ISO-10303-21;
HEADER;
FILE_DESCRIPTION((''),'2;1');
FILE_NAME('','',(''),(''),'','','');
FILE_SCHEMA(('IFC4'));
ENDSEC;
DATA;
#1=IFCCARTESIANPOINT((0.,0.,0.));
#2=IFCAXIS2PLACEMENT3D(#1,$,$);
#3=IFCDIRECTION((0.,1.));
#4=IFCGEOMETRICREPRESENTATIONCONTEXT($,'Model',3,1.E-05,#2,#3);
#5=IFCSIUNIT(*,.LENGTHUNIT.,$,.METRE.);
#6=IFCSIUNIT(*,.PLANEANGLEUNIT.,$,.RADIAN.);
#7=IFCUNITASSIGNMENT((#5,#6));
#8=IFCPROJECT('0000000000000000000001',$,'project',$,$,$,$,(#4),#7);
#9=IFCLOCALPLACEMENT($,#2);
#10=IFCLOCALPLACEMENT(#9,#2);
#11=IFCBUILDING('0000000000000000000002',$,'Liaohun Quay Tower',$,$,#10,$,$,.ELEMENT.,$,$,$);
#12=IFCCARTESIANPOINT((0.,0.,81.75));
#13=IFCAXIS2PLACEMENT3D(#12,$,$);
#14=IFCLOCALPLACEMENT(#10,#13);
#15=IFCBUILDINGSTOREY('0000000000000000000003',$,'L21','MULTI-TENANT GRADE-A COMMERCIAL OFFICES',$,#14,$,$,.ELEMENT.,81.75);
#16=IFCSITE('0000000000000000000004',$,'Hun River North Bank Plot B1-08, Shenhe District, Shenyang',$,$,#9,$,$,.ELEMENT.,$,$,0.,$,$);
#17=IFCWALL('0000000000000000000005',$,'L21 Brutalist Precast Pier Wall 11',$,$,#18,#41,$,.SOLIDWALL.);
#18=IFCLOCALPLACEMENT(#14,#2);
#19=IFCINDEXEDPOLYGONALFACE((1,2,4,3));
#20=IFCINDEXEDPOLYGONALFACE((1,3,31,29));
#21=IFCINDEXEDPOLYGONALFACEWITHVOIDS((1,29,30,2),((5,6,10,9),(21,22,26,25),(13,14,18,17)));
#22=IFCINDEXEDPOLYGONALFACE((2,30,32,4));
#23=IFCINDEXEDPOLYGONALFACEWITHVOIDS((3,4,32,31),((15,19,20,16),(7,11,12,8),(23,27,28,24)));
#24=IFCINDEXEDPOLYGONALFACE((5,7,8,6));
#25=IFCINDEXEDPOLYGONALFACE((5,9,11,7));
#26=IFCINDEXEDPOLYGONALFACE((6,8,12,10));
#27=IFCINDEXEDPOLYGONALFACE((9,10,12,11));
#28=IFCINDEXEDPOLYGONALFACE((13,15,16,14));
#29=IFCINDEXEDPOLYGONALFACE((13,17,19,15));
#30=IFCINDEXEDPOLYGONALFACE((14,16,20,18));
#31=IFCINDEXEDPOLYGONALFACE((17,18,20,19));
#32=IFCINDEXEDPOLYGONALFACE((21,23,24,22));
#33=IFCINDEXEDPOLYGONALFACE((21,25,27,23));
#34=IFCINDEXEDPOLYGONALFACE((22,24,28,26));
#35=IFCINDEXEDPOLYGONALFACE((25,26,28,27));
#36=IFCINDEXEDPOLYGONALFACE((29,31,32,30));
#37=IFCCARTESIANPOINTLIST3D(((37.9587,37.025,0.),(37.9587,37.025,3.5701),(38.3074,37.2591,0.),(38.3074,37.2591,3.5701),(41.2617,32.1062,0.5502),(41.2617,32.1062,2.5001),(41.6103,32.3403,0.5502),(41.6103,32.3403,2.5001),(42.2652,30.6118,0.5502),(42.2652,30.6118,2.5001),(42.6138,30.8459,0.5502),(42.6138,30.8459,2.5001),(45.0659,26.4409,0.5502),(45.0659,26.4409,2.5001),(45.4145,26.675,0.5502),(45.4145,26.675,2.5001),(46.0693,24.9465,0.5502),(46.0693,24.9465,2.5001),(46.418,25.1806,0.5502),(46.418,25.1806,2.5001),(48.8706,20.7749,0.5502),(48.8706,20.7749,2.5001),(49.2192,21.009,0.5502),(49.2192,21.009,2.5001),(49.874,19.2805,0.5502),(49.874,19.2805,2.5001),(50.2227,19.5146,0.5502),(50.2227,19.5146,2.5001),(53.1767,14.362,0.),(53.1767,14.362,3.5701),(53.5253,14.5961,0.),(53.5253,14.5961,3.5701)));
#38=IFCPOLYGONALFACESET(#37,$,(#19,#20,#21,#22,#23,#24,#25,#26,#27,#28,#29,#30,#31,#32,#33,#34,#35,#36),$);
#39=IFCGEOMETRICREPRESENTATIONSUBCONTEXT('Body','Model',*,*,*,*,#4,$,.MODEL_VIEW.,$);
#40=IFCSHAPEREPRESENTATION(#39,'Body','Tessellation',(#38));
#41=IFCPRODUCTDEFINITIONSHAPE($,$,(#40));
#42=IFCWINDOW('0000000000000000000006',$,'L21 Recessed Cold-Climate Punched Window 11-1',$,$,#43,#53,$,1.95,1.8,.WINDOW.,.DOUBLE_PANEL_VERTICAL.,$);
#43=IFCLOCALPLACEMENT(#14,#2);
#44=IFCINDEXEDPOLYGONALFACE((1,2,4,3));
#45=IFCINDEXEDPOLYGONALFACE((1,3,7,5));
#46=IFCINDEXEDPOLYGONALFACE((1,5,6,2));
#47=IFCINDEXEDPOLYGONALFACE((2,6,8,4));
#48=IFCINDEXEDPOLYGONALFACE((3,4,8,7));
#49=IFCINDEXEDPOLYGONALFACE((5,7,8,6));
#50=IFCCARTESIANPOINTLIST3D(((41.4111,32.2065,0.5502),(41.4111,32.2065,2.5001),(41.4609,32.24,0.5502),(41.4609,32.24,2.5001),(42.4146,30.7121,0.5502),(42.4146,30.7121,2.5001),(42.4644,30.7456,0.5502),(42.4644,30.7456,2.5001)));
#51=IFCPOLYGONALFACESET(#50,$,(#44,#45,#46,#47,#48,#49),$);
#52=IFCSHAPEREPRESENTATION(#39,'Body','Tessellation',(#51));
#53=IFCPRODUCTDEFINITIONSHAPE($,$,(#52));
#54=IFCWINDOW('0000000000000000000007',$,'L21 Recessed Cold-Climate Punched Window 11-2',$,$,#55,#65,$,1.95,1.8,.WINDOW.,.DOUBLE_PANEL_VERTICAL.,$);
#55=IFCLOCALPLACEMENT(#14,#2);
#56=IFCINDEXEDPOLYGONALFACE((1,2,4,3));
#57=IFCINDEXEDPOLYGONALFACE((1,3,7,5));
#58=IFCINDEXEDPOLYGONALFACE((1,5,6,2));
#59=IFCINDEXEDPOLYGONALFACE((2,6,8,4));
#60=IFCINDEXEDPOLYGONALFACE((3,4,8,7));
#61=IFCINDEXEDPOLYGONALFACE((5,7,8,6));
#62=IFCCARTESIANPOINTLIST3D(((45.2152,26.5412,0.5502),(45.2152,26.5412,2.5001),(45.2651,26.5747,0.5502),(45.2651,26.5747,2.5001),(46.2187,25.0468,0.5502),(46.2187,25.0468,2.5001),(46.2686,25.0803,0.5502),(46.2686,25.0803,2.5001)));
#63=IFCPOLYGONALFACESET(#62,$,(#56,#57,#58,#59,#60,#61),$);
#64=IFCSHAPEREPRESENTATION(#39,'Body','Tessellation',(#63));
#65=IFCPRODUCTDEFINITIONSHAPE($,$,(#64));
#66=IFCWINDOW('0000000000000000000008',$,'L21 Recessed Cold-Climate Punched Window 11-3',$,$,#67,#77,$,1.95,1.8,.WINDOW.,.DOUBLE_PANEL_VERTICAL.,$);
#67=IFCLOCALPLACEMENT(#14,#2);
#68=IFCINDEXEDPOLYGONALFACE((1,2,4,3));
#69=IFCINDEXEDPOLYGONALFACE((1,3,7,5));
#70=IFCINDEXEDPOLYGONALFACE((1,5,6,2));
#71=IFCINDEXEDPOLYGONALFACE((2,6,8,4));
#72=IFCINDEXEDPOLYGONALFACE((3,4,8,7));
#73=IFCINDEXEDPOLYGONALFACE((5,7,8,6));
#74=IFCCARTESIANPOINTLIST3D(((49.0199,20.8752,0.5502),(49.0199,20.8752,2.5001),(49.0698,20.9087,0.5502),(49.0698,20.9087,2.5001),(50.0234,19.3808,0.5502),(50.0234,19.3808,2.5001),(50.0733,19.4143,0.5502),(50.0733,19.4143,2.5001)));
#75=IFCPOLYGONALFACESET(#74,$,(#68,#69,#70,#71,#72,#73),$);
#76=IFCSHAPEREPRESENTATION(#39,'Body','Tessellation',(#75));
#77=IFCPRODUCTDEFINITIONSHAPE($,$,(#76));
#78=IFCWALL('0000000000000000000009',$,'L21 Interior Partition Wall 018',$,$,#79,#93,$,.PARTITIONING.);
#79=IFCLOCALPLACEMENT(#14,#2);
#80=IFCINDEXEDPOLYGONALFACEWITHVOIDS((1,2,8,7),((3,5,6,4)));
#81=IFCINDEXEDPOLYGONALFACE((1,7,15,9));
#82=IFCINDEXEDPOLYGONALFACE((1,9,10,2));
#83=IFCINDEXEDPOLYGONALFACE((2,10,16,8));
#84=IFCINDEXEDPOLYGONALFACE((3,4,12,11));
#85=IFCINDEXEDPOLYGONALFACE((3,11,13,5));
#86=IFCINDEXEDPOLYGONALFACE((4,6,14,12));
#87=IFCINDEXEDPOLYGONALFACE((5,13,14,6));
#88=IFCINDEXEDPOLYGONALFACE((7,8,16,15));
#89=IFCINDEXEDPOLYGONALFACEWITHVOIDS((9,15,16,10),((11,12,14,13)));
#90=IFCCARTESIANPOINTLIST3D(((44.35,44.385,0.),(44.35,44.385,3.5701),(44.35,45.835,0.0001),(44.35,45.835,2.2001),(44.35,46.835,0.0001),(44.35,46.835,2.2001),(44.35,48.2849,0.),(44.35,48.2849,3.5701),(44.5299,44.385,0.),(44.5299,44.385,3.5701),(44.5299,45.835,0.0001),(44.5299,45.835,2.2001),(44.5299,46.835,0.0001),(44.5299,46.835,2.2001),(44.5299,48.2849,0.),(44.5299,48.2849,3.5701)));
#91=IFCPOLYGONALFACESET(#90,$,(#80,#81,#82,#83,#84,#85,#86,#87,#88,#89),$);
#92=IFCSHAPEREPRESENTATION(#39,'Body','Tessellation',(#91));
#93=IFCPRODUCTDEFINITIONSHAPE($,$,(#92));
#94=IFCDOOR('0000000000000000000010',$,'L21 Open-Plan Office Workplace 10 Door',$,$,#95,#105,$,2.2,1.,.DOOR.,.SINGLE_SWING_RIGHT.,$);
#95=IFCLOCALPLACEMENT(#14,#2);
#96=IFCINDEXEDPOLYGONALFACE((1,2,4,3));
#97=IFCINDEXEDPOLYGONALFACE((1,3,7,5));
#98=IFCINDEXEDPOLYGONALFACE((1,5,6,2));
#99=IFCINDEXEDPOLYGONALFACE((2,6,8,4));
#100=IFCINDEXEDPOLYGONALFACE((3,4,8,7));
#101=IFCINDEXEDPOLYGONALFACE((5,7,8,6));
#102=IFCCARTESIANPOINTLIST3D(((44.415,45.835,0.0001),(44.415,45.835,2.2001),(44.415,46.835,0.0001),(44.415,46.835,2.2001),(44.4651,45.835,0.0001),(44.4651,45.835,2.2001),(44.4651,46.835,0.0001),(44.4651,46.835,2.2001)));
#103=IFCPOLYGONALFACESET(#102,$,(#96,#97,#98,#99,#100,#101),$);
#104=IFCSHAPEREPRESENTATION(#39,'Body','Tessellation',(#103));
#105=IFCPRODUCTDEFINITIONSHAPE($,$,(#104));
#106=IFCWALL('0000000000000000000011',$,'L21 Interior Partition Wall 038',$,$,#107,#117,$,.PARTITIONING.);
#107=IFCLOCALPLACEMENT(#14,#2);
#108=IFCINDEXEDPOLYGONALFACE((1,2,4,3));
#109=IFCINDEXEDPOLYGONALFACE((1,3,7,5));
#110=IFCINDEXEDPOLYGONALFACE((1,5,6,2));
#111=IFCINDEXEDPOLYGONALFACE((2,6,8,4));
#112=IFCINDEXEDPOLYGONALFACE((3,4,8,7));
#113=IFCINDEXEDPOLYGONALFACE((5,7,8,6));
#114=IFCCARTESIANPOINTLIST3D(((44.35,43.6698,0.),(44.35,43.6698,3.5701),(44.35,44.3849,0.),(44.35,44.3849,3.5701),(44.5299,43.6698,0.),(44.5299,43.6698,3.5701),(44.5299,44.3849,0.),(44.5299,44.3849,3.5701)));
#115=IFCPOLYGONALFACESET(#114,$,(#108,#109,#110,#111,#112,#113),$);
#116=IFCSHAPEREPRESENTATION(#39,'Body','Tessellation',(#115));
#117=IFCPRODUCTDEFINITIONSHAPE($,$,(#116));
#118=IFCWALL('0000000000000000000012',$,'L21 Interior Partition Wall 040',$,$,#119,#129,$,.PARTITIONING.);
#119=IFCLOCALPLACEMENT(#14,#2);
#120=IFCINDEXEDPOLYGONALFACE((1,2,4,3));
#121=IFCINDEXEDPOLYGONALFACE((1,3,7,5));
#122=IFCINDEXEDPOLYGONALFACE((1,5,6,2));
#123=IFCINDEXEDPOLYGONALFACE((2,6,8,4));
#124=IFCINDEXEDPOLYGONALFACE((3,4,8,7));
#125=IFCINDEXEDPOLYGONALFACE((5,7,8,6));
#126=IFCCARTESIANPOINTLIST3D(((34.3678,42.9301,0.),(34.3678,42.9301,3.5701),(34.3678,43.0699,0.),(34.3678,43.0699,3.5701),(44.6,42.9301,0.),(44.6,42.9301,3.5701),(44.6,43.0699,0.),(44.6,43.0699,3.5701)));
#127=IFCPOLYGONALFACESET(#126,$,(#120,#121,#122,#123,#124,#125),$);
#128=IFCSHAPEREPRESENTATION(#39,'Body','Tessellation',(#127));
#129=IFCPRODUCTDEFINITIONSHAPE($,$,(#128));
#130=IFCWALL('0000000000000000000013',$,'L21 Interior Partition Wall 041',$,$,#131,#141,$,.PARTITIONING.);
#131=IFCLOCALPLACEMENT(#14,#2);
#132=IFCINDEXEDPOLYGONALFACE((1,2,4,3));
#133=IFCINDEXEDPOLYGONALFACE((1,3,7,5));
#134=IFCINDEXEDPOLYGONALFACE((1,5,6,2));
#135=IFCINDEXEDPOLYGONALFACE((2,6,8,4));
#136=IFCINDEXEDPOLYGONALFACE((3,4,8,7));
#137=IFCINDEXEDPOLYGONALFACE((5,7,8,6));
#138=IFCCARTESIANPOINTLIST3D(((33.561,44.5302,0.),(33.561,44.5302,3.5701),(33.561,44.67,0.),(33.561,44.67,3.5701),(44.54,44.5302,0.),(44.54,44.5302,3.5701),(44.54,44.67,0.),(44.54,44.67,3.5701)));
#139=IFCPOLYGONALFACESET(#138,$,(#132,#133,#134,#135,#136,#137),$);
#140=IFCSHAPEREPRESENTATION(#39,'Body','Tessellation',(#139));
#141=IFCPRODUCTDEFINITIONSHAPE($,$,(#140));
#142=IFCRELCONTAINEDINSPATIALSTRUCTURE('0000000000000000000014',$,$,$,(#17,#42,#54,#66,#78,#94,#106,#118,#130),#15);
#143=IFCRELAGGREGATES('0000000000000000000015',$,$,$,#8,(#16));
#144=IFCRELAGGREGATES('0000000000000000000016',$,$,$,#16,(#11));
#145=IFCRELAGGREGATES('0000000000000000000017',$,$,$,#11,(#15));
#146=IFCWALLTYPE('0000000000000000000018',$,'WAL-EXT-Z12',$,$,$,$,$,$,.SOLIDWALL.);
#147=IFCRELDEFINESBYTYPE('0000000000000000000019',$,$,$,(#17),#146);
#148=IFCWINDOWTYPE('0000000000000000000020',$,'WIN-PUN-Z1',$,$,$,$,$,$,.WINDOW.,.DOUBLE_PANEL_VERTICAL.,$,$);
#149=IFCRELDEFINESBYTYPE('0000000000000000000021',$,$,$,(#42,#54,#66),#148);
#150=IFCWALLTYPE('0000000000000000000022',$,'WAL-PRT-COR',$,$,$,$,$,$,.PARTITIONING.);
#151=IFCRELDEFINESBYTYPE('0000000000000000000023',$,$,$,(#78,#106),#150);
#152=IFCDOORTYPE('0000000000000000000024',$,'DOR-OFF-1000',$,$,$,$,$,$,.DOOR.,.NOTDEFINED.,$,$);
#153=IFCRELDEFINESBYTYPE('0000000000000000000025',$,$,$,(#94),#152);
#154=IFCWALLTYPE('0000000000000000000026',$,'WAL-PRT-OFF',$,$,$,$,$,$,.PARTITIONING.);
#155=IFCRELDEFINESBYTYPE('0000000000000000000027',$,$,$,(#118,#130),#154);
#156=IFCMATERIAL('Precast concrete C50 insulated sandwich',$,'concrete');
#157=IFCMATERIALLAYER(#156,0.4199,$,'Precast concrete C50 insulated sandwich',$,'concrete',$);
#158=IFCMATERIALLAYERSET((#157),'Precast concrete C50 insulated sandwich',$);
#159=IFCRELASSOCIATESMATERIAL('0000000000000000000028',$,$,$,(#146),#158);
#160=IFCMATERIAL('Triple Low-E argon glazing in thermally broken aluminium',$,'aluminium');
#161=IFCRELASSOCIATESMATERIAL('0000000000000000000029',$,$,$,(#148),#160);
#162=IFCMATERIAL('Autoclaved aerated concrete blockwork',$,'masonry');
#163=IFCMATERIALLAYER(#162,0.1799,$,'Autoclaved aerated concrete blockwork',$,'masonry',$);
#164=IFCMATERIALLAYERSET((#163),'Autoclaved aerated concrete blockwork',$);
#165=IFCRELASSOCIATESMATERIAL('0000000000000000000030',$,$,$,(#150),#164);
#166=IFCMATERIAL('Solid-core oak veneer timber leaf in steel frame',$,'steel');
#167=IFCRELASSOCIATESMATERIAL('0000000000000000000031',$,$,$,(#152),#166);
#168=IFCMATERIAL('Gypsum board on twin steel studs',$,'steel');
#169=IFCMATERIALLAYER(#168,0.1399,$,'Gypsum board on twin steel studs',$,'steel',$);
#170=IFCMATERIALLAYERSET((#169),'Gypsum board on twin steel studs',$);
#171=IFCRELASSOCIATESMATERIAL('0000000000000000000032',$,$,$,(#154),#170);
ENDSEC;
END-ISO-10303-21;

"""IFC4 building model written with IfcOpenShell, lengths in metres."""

from ifc_helpers import new_model, si_unit, direction, frame, frame_2d, origin, place, context, subcontext, project, spatial, rectangle, extrude, source, transform, mapped, material, layer, layer_set, type_object, element, fill, save


model = new_model("IFC4")

# Units and contexts
model_context = context("Model", 3, precision=1e-05, world=origin(), true_north=direction((0.0, 1.0)))
body_context = subcontext(model_context, "Body", "Model", "MODEL_VIEW")
ifc_project = project(units=[si_unit("LENGTHUNIT", "METRE"), si_unit("PLANEANGLEUNIT", "RADIAN")], contexts=[model_context])

# Site, building, storey
site_placement = place(None, origin())
site = spatial("IfcSite", under=ifc_project, at=site_placement, Name="Hun River North Bank Plot B1-08, Shenhe District, Shenyang", CompositionType="ELEMENT", RefElevation=0.0)
building_placement = place(site_placement, origin())
building = spatial("IfcBuilding", under=site, at=building_placement, Name="Liaohun Quay Tower", CompositionType="ELEMENT")
storey_placement = place(building_placement, frame((0.0, 0.0, 81.75)))
storey = spatial("IfcBuildingStorey", under=building, at=storey_placement, Name="L21", Description="MULTI-TENANT GRADE-A COMMERCIAL OFFICES", CompositionType="ELEMENT", Elevation=81.75)

# Wall, openings, windows
ifc_material_1 = material(Name="Precast concrete C50 insulated sandwich", Category="concrete")
ifc_layer_1 = layer(ifc_material_1, 0.4199, Name="Precast concrete C50 insulated sandwich", Category="concrete")
ifc_layer_set_1 = layer_set([ifc_layer_1], Name="Precast concrete C50 insulated sandwich")
wall_type_1 = type_object("IfcWallType", Name="WAL-EXT-Z12", PredefinedType="SOLIDWALL", material=ifc_layer_set_1)
wall_1_placement = place(storey_placement, frame((38.1331, 37.1421, 0.0), z_axis=(0.0, 0.0, 1.0), x_axis=(0.557469, -0.830198, 0.0)))
wall_1 = element("IfcWall", 1, at=wall_1_placement, inside=storey, type_object=wall_type_1, Name="L21 Brutalist Precast Pier Wall 11", PredefinedType="SOLIDWALL", context=body_context, shape_type="SweptSolid", body=[
    extrude(rectangle(XDim=27.2983, YDim=0.4199, at=frame_2d((13.6492, 0.0))), origin(), (0.0, 0.0, 1.0), 3.5701),
])
shared_shape_1 = source(origin(), body_context, "Body", "SweptSolid", [
    extrude(rectangle(XDim=1.8, YDim=1.95, at=frame_2d((0.8999, 0.9751))), frame((0.0, 0.22, 0.0), z_axis=(0.0, -1.0, 0.0), x_axis=(1.0, 0.0, 0.0)), (0.0, 0.0, 1.0), 0.4399),
])
opening_1_placement = place(wall_1_placement, frame((5.925, 0.0, 0.55)))
opening_1 = element("IfcOpeningElement", 2, at=opening_1_placement, cuts=wall_1, PredefinedType="OPENING", context=body_context, shape_type="MappedRepresentation", body=[
    mapped(shared_shape_1, transform((0.0, 0.0, 0.0), x_axis=(1.0, 0.0, 0.0), y_axis=(0.0, 1.0, 0.0), z_axis=(0.0, 0.0, 1.0), scale=1.0)),
])
opening_2_placement = place(wall_1_placement, frame((12.749, 0.0, 0.55)))
opening_2 = element("IfcOpeningElement", 3, at=opening_2_placement, cuts=wall_1, PredefinedType="OPENING", context=body_context, shape_type="MappedRepresentation", body=[
    mapped(shared_shape_1, transform((0.0, 0.0, 0.0), x_axis=(1.0, 0.0, 0.0), y_axis=(0.0, 1.0, 0.0), z_axis=(0.0, 0.0, 1.0), scale=1.0)),
])
opening_3_placement = place(wall_1_placement, frame((19.574, 0.0, 0.55)))
opening_3 = element("IfcOpeningElement", 4, at=opening_3_placement, cuts=wall_1, PredefinedType="OPENING", context=body_context, shape_type="MappedRepresentation", body=[
    mapped(shared_shape_1, transform((0.0, 0.0, 0.0), x_axis=(1.0, 0.0, 0.0), y_axis=(0.0, 1.0, 0.0), z_axis=(0.0, 0.0, 1.0), scale=1.0)),
])
ifc_material_2 = material(Name="Triple Low-E argon glazing in thermally broken aluminium", Category="aluminium")
window_type = type_object("IfcWindowType", Name="WIN-PUN-Z1", PartitioningType="DOUBLE_PANEL_VERTICAL", PredefinedType="WINDOW", material=ifc_material_2)
shared_shape_2 = source(origin(), body_context, "Body", "SweptSolid", [
    extrude(rectangle(XDim=1.8, YDim=1.95, at=frame_2d((0.8999, 0.9751))), frame((0.0, 0.03, 0.0), z_axis=(0.0, -1.0, 0.0), x_axis=(1.0, 0.0, 0.0)), (0.0, 0.0, 1.0), 0.0601),
])
window_1_placement = place(opening_1_placement, origin())
window_1 = element("IfcWindow", 5, at=window_1_placement, inside=storey, type_object=window_type, Name="L21 Recessed Cold-Climate Punched Window 11-1", OverallHeight=1.95, OverallWidth=1.8, PartitioningType="DOUBLE_PANEL_VERTICAL", PredefinedType="WINDOW", context=body_context, shape_type="MappedRepresentation", body=[
    mapped(shared_shape_2, transform((0.0, 0.0, 0.0), x_axis=(1.0, 0.0, 0.0), y_axis=(0.0, 1.0, 0.0), z_axis=(0.0, 0.0, 1.0), scale=1.0)),
])
fill(opening_1, window_1)
window_2_placement = place(opening_2_placement, origin())
window_2 = element("IfcWindow", 6, at=window_2_placement, inside=storey, type_object=window_type, Name="L21 Recessed Cold-Climate Punched Window 11-2", OverallHeight=1.95, OverallWidth=1.8, PartitioningType="DOUBLE_PANEL_VERTICAL", PredefinedType="WINDOW", context=body_context, shape_type="MappedRepresentation", body=[
    mapped(shared_shape_2, transform((0.0, 0.0, 0.0), x_axis=(1.0, 0.0, 0.0), y_axis=(0.0, 1.0, 0.0), z_axis=(0.0, 0.0, 1.0), scale=1.0)),
])
fill(opening_2, window_2)
window_3_placement = place(opening_3_placement, origin())
window_3 = element("IfcWindow", 7, at=window_3_placement, inside=storey, type_object=window_type, Name="L21 Recessed Cold-Climate Punched Window 11-3", OverallHeight=1.95, OverallWidth=1.8, PartitioningType="DOUBLE_PANEL_VERTICAL", PredefinedType="WINDOW", context=body_context, shape_type="MappedRepresentation", body=[
    mapped(shared_shape_2, transform((0.0, 0.0, 0.0), x_axis=(1.0, 0.0, 0.0), y_axis=(0.0, 1.0, 0.0), z_axis=(0.0, 0.0, 1.0), scale=1.0)),
])
fill(opening_3, window_3)

# Wall, opening, door
ifc_material_3 = material(Name="Autoclaved aerated concrete blockwork", Category="masonry")
ifc_layer_2 = layer(ifc_material_3, 0.1799, Name="Autoclaved aerated concrete blockwork", Category="masonry")
ifc_layer_set_2 = layer_set([ifc_layer_2], Name="Autoclaved aerated concrete blockwork")
wall_type_2 = type_object("IfcWallType", Name="WAL-PRT-COR", PredefinedType="PARTITIONING", material=ifc_layer_set_2)
wall_2_placement = place(storey_placement, frame((44.4399, 44.385, 0.0), z_axis=(0.0, 0.0, 1.0), x_axis=(0.0, 1.0, 0.0)))
wall_2 = element("IfcWall", 8, at=wall_2_placement, inside=storey, type_object=wall_type_2, Name="L21 Interior Partition Wall 018", PredefinedType="PARTITIONING", context=body_context, shape_type="SweptSolid", body=[
    extrude(rectangle(XDim=3.8999, YDim=0.1799, at=frame_2d((1.95, 0.0))), origin(), (0.0, 0.0, 1.0), 3.5701),
])
shared_shape_3 = source(origin(), body_context, "Body", "SweptSolid", [
    extrude(rectangle(XDim=1.0, YDim=2.2, at=frame_2d((0.5, 1.1001))), frame((0.0, 0.0999, 0.0), z_axis=(0.0, -1.0, 0.0), x_axis=(1.0, 0.0, 0.0)), (0.0, 0.0, 1.0), 0.2),
])
opening_4_placement = place(wall_2_placement, frame((1.45, 0.0, 0.0)))
opening_4 = element("IfcOpeningElement", 9, at=opening_4_placement, cuts=wall_2, PredefinedType="OPENING", context=body_context, shape_type="MappedRepresentation", body=[
    mapped(shared_shape_3, transform((0.0, 0.0, 0.0), x_axis=(1.0, 0.0, 0.0), y_axis=(0.0, 1.0, 0.0), z_axis=(0.0, 0.0, 1.0), scale=1.0)),
])
ifc_material_4 = material(Name="Solid-core oak veneer timber leaf in steel frame", Category="steel")
door_type = type_object("IfcDoorType", Name="DOR-OFF-1000", OperationType="NOTDEFINED", PredefinedType="DOOR", material=ifc_material_4)
shared_shape_4 = source(origin(), body_context, "Body", "SweptSolid", [
    extrude(rectangle(XDim=1.0, YDim=2.2, at=frame_2d((0.5, 1.1001))), frame((0.0, 0.0249, 0.0), z_axis=(0.0, -1.0, 0.0), x_axis=(1.0, 0.0, 0.0)), (0.0, 0.0, 1.0), 0.05),
])
door_placement = place(opening_4_placement, origin())
door = element("IfcDoor", 10, at=door_placement, inside=storey, type_object=door_type, Name="L21 Open-Plan Office Workplace 10 Door", OperationType="SINGLE_SWING_RIGHT", OverallHeight=2.2, OverallWidth=1.0, PredefinedType="DOOR", context=body_context, shape_type="MappedRepresentation", body=[
    mapped(shared_shape_4, transform((0.0, 0.0, 0.0), x_axis=(1.0, 0.0, 0.0), y_axis=(0.0, 1.0, 0.0), z_axis=(0.0, 0.0, 1.0), scale=1.0)),
])
fill(opening_4, door)

# Walls
wall_3_placement = place(storey_placement, frame((44.4399, 43.6699, 0.0), z_axis=(0.0, 0.0, 1.0), x_axis=(0.0, 1.0, 0.0)))
element("IfcWall", 11, at=wall_3_placement, inside=storey, type_object=wall_type_2, Name="L21 Interior Partition Wall 038", PredefinedType="PARTITIONING", context=body_context, shape_type="SweptSolid", body=[
    extrude(rectangle(XDim=0.7151, YDim=0.1799, at=frame_2d((0.3574, 0.0))), origin(), (0.0, 0.0, 1.0), 3.5701),
])
ifc_material_5 = material(Name="Gypsum board on twin steel studs", Category="steel")
ifc_layer_3 = layer(ifc_material_5, 0.1399, Name="Gypsum board on twin steel studs", Category="steel")
ifc_layer_set_3 = layer_set([ifc_layer_3], Name="Gypsum board on twin steel studs")
wall_type_3 = type_object("IfcWallType", Name="WAL-PRT-OFF", PredefinedType="PARTITIONING", material=ifc_layer_set_3)
wall_4_placement = place(storey_placement, frame((44.6001, 43.0, 0.0), z_axis=(0.0, 0.0, 1.0), x_axis=(-1.0, 0.0, 0.0)))
element("IfcWall", 12, at=wall_4_placement, inside=storey, type_object=wall_type_3, Name="L21 Interior Partition Wall 040", PredefinedType="PARTITIONING", context=body_context, shape_type="SweptSolid", body=[
    extrude(rectangle(XDim=10.2322, YDim=0.1399, at=frame_2d((5.1162, 0.0))), origin(), (0.0, 0.0, 1.0), 3.5701),
])
wall_5_placement = place(storey_placement, frame((44.54, 44.6001, 0.0), z_axis=(0.0, 0.0, 1.0), x_axis=(-1.0, 0.0, 0.0)))
element("IfcWall", 13, at=wall_5_placement, inside=storey, type_object=wall_type_3, Name="L21 Interior Partition Wall 041", PredefinedType="PARTITIONING", context=body_context, shape_type="SweptSolid", body=[
    extrude(rectangle(XDim=10.979, YDim=0.1399, at=frame_2d((5.4895, 0.0))), origin(), (0.0, 0.0, 1.0), 3.5701),
])

save(model, "model.ifc")
